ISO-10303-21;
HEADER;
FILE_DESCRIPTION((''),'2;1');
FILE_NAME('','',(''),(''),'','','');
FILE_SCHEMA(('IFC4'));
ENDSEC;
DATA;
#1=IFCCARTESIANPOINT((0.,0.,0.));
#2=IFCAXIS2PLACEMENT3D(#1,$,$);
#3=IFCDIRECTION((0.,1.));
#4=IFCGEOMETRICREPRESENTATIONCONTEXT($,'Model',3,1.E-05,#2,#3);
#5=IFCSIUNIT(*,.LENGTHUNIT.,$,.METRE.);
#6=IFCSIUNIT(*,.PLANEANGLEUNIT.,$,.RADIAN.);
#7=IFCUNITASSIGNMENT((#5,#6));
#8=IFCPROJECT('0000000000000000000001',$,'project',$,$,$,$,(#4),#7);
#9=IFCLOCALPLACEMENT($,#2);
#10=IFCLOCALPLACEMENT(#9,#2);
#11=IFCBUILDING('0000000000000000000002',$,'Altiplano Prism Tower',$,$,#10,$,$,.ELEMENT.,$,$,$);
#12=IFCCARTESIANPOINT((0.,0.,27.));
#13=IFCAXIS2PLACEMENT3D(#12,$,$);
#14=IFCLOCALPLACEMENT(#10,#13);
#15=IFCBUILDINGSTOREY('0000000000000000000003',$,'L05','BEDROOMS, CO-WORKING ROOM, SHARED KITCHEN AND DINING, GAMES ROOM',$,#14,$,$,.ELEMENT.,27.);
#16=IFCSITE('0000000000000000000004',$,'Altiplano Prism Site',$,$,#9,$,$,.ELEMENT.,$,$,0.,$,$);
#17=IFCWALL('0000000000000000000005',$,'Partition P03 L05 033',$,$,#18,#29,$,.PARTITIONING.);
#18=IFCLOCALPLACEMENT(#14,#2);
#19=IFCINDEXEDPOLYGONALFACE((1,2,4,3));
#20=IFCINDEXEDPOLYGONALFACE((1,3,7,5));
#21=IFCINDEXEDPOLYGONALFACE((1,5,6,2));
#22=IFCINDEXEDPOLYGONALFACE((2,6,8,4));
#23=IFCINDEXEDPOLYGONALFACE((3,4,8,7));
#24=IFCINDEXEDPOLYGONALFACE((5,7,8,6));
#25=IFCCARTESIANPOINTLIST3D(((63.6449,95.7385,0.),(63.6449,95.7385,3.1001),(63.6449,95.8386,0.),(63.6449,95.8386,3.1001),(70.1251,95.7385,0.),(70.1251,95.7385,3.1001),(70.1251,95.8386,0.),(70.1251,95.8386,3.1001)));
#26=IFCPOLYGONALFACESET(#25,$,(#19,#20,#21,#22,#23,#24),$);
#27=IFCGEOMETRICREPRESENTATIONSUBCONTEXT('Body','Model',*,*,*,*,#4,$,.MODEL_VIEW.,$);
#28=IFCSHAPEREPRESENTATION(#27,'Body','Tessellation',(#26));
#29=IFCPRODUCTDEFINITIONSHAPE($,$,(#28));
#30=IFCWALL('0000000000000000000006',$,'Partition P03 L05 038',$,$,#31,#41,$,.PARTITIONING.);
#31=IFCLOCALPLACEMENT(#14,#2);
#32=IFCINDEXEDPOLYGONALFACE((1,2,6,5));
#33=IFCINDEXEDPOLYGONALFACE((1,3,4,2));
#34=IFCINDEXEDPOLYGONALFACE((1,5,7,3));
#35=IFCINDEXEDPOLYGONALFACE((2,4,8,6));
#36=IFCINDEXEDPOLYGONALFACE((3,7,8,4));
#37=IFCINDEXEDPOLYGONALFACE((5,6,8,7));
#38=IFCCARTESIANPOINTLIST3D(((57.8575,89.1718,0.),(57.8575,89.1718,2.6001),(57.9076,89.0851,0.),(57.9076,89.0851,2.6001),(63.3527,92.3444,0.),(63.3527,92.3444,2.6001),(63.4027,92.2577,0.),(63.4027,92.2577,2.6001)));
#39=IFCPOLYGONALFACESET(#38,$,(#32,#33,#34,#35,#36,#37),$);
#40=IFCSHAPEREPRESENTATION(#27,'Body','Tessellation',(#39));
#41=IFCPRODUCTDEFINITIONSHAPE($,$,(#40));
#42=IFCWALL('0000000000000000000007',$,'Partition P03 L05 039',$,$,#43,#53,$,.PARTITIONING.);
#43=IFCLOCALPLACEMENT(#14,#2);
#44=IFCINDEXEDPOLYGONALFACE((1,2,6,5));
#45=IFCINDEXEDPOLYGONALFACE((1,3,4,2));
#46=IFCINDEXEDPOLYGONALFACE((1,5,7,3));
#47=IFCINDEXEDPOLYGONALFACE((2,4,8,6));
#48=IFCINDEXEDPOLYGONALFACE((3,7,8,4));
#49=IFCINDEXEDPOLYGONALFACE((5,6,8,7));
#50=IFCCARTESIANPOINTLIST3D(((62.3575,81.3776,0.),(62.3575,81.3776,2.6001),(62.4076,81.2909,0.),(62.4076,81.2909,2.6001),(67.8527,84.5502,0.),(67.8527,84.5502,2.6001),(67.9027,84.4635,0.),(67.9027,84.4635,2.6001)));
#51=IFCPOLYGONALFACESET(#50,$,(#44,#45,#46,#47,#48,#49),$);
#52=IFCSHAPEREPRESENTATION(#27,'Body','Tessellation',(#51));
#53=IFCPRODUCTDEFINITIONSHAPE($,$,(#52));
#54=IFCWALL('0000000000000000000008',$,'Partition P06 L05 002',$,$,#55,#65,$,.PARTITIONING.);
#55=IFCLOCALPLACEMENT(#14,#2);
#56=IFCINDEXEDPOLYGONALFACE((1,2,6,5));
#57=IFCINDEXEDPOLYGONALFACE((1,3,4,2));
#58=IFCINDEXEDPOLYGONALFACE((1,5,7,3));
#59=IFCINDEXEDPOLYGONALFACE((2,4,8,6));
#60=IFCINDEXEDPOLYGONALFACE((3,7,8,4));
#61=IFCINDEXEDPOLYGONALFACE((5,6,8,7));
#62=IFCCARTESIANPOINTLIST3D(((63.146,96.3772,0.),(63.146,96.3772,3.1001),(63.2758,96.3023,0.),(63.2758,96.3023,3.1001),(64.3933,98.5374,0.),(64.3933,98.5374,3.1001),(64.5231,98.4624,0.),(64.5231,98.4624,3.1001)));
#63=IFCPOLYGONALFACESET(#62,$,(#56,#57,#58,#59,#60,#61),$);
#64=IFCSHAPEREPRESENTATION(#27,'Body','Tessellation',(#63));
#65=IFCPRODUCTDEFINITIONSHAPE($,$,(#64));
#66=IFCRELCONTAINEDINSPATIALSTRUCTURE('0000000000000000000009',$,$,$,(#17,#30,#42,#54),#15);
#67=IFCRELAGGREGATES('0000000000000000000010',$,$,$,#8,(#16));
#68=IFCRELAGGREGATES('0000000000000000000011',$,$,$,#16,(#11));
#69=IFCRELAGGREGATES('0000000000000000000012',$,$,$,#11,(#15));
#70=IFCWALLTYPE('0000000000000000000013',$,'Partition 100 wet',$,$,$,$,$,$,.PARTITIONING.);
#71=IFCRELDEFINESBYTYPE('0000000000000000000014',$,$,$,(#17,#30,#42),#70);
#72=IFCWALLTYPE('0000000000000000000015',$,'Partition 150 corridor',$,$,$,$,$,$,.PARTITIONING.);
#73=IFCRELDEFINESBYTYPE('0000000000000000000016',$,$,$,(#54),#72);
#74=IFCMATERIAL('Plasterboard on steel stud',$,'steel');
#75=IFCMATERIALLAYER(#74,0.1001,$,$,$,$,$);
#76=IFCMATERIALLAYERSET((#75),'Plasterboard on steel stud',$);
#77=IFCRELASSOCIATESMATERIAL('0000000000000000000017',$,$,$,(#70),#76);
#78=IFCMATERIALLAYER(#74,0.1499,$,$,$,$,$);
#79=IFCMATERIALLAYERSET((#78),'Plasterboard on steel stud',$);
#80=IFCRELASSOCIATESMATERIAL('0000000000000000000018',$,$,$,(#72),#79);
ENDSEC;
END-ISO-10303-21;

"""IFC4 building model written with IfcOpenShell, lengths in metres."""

from ifc_helpers import new_model, si_unit, direction, frame, frame_2d, origin, place, context, subcontext, project, spatial, rectangle, extrude, material, layer, layer_set, type_object, element, save


model = new_model("IFC4")

# Units and contexts
model_context = context("Model", 3, precision=1e-05, world=origin(), true_north=direction((0.0, 1.0)))
body_context = subcontext(model_context, "Body", "Model", "MODEL_VIEW")
ifc_project = project(units=[si_unit("LENGTHUNIT", "METRE"), si_unit("PLANEANGLEUNIT", "RADIAN")], contexts=[model_context])

# Site, building, storey
site_placement = place(None, origin())
site = spatial("IfcSite", under=ifc_project, at=site_placement, Name="Altiplano Prism Site", CompositionType="ELEMENT", RefElevation=0.0)
building_placement = place(site_placement, origin())
building = spatial("IfcBuilding", under=site, at=building_placement, Name="Altiplano Prism Tower", CompositionType="ELEMENT")
storey_placement = place(building_placement, frame((0.0, 0.0, 27.0)))
storey = spatial("IfcBuildingStorey", under=building, at=storey_placement, Name="L05", Description="BEDROOMS, CO-WORKING ROOM, SHARED KITCHEN AND DINING, GAMES ROOM", CompositionType="ELEMENT", Elevation=27.0)

# Walls
ifc_material_1 = material(Name="Plasterboard on steel stud", Category="steel")
ifc_layer_1 = layer(ifc_material_1, 0.1001)
ifc_layer_set_1 = layer_set([ifc_layer_1], Name="Plasterboard on steel stud")
wall_type_1 = type_object("IfcWallType", Name="Partition 100 wet", PredefinedType="PARTITIONING", material=ifc_layer_set_1)
wall_1_placement = place(storey_placement, frame((63.6448, 95.7886, 0.0), z_axis=(0.0, 0.0, 1.0), x_axis=(1.0, 0.0, 0.0)))
element("IfcWall", 1, at=wall_1_placement, inside=storey, type_object=wall_type_1, Name="Partition P03 L05 033", PredefinedType="PARTITIONING", context=body_context, shape_type="SweptSolid", body=[
    extrude(rectangle(XDim=6.4802, YDim=0.1001, at=frame_2d((3.2402, 0.0))), origin(), (0.0, 0.0, 1.0), 3.1001),
])
for number, where, z_axis, x_axis, name in (
    (2, (57.8826, 89.1284, 0.0), (0.0, 0.0, 1.0), (0.866025, 0.5, 0.0), "Partition P03 L05 038"),
    (3, (62.3826, 81.3342, 0.0), (0.0, 0.0, 1.0), (0.866025, 0.5, 0.0), "Partition P03 L05 039"),
):
    element("IfcWall", number, at=place(storey_placement, frame(where, z_axis=z_axis, x_axis=x_axis)), inside=storey, type_object=wall_type_1, Name=name, PredefinedType="PARTITIONING", context=body_context, shape_type="SweptSolid", body=[
        extrude(rectangle(XDim=6.3452, YDim=0.1001, at=frame_2d((3.1726, 0.0))), origin(), (0.0, 0.0, 1.0), 2.6001),
    ])
ifc_layer_2 = layer(ifc_material_1, 0.1499)
ifc_layer_set_2 = layer_set([ifc_layer_2], Name="Plasterboard on steel stud")
wall_type_2 = type_object("IfcWallType", Name="Partition 150 corridor", PredefinedType="PARTITIONING", material=ifc_layer_set_2)
wall_2_placement = place(storey_placement, frame((63.2109, 96.3398, 0.0), z_axis=(0.0, 0.0, 1.0), x_axis=(0.500044, 0.866, 0.0)))
element("IfcWall", 4, at=wall_2_placement, inside=storey, type_object=wall_type_2, Name="Partition P06 L05 002", PredefinedType="PARTITIONING", context=body_context, shape_type="SweptSolid", body=[
    extrude(rectangle(XDim=2.4944, YDim=0.1499, at=frame_2d((1.2471, 0.0))), origin(), (0.0, 0.0, 1.0), 3.1001),
])

save(model, "model.ifc")
